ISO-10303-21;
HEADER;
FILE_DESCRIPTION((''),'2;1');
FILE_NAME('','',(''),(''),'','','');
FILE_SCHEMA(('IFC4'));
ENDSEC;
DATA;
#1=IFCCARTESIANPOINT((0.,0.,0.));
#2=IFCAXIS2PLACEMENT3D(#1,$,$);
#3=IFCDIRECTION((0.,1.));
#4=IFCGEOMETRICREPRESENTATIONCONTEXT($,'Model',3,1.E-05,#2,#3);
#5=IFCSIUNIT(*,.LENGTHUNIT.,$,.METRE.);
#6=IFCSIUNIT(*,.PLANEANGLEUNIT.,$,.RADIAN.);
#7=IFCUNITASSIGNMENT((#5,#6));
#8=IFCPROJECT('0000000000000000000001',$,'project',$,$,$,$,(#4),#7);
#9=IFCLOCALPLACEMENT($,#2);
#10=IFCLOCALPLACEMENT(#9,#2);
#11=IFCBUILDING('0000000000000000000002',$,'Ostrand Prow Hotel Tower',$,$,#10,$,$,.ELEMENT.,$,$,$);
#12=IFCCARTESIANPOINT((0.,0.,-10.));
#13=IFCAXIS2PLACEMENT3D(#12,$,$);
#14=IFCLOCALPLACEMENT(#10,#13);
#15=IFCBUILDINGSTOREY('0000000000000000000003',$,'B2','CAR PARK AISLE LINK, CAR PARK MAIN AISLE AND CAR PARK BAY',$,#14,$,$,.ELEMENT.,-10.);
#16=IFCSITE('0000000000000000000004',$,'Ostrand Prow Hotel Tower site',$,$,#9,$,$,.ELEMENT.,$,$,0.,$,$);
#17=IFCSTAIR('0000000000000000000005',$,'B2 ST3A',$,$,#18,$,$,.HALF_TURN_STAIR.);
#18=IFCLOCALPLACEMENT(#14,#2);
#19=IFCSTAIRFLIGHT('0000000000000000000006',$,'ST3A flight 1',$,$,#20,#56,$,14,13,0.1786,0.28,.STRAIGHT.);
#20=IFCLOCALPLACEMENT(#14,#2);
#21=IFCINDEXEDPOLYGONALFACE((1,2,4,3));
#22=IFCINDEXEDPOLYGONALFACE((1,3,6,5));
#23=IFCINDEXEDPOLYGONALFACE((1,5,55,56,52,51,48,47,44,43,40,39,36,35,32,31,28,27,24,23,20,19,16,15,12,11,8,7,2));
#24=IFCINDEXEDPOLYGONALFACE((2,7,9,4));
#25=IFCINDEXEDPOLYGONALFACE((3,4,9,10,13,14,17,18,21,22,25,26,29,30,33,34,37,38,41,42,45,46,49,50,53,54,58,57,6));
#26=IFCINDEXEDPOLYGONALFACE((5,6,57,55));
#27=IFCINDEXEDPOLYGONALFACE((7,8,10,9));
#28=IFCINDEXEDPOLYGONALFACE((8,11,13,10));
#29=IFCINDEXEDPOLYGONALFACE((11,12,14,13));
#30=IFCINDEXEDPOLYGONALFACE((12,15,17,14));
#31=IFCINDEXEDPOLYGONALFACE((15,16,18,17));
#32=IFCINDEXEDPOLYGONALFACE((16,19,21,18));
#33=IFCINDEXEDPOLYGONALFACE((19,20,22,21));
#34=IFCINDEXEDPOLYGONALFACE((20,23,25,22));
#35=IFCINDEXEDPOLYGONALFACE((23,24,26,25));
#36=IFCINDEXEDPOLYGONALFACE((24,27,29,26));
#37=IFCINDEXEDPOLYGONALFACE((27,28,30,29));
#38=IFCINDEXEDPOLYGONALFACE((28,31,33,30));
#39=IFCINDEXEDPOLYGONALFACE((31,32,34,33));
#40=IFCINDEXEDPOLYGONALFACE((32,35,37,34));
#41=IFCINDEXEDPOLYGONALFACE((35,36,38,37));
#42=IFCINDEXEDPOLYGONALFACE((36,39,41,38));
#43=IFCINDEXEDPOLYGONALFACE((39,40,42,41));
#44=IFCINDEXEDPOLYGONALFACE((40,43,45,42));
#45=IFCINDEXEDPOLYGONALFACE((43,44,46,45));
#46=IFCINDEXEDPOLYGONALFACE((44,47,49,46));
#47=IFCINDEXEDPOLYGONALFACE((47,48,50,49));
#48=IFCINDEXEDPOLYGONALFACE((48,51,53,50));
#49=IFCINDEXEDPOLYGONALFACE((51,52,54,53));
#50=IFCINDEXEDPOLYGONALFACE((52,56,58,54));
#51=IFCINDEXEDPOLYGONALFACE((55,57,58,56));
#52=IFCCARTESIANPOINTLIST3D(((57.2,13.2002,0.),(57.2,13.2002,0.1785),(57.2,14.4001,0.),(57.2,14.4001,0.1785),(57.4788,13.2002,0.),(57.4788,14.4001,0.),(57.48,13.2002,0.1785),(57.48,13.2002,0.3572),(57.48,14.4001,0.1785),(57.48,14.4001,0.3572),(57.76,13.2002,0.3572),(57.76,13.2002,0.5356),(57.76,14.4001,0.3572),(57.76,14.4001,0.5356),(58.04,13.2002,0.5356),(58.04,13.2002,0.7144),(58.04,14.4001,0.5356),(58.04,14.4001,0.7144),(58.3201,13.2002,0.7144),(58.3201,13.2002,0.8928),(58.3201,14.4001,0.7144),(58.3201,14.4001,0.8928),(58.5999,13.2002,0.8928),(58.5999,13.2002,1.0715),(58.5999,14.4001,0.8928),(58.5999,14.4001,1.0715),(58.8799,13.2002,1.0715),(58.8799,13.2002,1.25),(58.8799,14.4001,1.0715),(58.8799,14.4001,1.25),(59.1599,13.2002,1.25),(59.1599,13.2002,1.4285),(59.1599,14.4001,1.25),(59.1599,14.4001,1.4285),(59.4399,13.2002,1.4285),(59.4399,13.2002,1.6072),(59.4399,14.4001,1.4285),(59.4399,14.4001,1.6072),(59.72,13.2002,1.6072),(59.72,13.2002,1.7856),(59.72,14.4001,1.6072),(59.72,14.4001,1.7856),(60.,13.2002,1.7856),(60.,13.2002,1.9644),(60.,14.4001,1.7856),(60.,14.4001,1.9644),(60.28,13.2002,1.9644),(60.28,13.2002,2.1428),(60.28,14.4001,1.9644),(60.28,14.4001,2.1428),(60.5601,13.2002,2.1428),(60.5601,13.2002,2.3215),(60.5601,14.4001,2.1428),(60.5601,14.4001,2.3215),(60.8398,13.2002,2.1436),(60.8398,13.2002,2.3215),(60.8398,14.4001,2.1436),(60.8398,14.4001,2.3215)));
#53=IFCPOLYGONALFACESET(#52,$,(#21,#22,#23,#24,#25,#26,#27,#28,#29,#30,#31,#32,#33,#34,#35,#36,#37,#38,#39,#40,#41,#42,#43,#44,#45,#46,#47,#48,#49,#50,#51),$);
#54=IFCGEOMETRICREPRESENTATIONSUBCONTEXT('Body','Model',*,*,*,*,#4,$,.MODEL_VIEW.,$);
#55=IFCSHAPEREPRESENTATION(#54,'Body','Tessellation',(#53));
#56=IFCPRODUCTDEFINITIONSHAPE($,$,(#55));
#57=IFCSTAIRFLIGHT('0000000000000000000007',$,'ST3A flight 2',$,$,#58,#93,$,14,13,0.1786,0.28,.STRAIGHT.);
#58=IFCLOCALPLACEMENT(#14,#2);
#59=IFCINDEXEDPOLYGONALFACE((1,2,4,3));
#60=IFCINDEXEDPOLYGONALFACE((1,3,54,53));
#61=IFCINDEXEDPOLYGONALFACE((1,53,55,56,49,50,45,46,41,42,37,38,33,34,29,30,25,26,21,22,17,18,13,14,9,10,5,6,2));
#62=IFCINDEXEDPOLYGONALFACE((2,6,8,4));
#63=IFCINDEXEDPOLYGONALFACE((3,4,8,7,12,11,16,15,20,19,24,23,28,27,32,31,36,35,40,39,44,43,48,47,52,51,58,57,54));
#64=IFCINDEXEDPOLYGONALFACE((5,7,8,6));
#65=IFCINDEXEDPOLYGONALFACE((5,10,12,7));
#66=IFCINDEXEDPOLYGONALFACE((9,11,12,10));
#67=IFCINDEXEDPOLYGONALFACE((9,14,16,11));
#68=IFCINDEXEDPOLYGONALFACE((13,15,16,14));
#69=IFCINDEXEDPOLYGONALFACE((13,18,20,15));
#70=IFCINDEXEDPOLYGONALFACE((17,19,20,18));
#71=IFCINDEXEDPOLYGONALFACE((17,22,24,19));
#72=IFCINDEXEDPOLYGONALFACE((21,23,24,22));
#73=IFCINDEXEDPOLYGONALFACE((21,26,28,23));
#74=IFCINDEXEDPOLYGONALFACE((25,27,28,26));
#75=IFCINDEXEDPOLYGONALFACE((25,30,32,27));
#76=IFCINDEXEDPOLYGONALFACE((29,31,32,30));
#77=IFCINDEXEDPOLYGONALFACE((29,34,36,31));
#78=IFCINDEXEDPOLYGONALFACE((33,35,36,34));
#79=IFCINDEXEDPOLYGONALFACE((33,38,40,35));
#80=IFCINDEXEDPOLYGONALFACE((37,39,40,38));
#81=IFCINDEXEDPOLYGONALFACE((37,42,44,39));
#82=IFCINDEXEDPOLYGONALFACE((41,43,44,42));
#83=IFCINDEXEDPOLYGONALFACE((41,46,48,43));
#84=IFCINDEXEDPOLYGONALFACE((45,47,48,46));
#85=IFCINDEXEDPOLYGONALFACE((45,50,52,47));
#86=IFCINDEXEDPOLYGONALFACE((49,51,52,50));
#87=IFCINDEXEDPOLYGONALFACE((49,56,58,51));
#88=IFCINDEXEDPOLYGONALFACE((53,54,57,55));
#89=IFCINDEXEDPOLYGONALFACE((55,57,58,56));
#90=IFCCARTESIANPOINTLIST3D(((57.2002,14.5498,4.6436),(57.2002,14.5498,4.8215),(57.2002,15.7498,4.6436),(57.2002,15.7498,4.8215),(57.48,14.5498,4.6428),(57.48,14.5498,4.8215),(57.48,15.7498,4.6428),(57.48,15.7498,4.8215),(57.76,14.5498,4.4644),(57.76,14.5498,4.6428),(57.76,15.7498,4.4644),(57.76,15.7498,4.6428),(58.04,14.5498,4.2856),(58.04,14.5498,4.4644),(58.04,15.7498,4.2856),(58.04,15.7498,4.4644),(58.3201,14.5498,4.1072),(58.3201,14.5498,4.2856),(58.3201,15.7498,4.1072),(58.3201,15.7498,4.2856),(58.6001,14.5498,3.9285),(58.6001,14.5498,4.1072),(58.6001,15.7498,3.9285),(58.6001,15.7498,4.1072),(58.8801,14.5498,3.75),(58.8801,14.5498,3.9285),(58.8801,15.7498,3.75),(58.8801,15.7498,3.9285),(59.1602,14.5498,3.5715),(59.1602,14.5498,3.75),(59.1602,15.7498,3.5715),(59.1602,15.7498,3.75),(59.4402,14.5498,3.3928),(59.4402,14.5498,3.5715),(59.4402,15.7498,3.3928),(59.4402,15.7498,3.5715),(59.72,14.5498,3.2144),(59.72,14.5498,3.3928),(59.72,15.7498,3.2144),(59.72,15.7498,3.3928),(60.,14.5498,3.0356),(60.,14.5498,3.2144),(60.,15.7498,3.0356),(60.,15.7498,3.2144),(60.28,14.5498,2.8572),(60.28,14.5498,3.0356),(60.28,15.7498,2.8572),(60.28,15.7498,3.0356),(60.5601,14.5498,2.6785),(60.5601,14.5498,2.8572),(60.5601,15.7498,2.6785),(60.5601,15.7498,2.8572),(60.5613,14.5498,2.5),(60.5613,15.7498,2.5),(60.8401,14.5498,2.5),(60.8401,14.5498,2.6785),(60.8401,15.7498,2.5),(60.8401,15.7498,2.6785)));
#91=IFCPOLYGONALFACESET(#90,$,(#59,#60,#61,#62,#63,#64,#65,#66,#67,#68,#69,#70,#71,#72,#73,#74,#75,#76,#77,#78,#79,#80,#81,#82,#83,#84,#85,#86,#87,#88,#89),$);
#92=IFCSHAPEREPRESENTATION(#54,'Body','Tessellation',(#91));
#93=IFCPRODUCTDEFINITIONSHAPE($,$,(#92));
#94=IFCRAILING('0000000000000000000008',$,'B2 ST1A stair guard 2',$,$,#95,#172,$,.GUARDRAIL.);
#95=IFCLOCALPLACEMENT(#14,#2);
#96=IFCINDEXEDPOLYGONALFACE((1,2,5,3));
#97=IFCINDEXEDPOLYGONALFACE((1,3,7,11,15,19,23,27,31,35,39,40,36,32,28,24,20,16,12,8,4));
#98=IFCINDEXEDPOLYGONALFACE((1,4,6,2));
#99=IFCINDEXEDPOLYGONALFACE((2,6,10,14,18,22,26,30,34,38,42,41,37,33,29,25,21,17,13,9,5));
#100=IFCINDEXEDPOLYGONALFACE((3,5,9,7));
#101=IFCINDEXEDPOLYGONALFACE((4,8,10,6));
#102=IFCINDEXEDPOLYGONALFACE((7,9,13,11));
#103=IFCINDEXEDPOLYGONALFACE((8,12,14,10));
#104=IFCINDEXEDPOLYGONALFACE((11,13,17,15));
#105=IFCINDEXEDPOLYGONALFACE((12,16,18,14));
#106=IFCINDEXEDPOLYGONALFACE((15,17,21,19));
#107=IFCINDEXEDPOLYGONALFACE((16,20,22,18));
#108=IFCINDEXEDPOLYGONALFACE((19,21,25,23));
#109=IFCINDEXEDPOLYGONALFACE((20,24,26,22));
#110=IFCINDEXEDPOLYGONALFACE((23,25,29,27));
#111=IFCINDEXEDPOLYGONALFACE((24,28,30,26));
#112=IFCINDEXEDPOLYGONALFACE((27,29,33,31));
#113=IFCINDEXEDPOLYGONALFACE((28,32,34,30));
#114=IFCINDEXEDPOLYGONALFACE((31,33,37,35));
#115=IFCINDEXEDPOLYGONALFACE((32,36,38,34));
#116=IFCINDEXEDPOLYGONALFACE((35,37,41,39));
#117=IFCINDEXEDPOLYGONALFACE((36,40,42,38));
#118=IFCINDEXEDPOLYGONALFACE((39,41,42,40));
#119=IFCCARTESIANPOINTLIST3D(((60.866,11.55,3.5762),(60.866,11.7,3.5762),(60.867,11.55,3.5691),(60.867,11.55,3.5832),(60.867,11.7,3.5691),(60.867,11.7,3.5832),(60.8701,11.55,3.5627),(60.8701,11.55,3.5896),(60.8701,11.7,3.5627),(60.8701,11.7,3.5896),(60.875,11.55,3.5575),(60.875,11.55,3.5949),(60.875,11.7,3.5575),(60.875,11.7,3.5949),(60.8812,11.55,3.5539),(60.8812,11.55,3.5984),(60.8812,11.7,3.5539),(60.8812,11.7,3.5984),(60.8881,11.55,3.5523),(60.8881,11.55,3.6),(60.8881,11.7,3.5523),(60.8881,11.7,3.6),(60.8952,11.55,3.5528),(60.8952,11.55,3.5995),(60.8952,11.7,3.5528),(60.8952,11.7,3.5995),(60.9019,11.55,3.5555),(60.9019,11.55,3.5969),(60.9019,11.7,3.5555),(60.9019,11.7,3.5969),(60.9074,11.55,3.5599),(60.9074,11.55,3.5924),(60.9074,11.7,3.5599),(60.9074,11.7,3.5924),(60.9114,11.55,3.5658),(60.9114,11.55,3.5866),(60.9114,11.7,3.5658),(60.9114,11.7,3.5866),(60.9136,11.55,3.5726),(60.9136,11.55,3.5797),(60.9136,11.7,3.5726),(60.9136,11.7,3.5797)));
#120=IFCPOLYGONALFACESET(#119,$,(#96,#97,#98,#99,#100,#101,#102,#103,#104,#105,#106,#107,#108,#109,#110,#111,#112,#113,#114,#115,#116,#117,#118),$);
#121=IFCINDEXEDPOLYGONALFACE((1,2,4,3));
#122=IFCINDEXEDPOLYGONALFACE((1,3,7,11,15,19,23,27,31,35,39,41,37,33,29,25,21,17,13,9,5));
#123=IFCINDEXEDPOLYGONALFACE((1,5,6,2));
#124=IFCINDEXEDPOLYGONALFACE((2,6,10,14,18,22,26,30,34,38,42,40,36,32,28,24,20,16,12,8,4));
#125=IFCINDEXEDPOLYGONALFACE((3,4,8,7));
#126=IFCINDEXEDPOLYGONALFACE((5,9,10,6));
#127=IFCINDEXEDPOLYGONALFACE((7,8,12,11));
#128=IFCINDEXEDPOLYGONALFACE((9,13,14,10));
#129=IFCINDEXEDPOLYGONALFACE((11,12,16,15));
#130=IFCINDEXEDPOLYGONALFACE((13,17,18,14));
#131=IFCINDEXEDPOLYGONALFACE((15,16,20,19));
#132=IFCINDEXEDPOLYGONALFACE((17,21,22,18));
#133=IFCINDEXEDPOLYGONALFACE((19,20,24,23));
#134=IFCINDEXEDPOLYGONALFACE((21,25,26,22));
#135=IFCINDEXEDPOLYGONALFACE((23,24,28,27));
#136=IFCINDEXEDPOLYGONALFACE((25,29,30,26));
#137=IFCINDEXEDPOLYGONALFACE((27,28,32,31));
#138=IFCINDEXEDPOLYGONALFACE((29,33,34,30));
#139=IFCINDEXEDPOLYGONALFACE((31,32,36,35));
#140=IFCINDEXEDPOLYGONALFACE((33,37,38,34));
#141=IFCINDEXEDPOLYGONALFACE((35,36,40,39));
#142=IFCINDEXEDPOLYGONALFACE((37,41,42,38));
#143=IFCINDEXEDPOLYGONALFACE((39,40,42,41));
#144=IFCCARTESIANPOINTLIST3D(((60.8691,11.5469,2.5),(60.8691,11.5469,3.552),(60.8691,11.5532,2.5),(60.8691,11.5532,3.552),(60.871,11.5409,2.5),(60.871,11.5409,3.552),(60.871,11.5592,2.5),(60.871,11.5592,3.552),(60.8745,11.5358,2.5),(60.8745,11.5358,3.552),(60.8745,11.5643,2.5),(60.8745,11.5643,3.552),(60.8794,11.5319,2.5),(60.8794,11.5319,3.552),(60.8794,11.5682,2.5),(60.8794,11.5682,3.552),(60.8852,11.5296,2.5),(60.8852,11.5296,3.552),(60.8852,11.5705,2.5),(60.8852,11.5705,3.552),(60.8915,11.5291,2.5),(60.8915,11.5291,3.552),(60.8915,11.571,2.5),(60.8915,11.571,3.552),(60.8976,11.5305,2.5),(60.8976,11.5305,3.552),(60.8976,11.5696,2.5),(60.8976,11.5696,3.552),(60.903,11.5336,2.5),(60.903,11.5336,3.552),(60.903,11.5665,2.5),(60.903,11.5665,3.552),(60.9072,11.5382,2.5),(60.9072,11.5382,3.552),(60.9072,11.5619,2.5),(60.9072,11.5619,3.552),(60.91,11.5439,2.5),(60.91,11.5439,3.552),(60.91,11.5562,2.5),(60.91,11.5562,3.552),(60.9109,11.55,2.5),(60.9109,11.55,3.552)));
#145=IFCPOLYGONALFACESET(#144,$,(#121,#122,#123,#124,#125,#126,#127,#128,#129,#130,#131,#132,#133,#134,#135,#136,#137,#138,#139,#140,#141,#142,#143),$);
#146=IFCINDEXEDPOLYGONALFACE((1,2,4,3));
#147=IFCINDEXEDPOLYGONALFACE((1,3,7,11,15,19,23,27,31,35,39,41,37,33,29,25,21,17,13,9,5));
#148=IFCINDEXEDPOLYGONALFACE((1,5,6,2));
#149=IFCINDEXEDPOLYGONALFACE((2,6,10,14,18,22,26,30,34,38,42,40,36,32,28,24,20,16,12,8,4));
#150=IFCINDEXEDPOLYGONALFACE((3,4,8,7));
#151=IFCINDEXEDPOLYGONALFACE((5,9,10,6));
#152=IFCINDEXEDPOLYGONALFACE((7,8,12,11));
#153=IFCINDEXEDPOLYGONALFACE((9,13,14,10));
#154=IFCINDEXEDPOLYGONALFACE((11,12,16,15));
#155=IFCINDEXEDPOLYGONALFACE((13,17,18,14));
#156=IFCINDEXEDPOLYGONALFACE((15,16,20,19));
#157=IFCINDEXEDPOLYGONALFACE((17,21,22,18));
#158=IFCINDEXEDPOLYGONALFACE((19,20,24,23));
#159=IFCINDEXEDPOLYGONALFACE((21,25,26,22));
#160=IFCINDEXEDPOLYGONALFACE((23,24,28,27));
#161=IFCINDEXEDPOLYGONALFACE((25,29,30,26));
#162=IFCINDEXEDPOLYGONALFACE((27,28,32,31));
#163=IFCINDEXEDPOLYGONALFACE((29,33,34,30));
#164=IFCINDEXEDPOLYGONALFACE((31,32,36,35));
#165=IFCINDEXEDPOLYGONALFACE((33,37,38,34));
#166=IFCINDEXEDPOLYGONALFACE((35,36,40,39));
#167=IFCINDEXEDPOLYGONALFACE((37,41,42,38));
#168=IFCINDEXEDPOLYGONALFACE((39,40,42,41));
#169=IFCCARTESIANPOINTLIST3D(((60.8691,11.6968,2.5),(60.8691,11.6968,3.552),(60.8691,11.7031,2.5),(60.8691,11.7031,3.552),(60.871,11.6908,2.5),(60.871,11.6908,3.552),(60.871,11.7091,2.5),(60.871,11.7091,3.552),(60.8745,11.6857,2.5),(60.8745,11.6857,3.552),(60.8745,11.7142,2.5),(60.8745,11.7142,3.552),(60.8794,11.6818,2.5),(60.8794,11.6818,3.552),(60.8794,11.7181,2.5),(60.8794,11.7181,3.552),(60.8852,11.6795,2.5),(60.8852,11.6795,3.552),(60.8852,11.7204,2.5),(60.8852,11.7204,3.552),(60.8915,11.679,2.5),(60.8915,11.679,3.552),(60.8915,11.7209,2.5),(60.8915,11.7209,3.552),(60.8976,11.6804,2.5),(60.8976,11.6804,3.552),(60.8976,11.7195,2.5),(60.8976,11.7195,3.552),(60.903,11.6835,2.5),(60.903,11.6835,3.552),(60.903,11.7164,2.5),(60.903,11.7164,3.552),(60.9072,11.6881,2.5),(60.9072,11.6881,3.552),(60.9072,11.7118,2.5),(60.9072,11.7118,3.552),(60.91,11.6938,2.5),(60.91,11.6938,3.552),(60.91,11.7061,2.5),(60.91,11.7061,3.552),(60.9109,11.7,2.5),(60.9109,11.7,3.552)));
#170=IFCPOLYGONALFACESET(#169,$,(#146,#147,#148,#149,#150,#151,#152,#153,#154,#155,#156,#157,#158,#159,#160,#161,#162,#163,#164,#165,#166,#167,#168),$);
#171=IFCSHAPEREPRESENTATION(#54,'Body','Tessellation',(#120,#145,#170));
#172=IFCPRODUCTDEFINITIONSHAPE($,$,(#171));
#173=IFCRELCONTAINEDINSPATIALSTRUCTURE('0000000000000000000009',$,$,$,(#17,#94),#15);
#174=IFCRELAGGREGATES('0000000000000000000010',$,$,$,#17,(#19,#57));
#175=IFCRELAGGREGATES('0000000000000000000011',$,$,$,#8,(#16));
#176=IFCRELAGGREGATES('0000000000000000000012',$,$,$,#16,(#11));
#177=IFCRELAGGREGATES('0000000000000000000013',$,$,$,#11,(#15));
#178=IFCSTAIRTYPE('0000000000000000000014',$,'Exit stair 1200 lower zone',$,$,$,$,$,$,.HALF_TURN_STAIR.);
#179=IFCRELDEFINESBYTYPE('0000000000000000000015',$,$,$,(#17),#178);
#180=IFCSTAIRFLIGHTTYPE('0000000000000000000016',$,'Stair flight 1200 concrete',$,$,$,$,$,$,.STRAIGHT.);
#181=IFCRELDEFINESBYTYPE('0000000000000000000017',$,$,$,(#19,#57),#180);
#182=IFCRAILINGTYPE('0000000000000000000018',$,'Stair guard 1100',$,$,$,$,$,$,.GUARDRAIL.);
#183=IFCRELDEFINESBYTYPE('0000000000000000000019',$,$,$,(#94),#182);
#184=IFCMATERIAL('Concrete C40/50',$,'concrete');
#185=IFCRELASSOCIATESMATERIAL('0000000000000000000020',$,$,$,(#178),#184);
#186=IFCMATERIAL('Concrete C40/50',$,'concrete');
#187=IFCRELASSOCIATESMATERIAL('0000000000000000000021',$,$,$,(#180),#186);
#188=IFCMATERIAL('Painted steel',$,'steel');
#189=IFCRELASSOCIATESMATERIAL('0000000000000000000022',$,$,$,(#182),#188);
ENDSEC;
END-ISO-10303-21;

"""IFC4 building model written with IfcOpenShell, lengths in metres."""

from ifc_helpers import new_model, si_unit, direction, frame, origin, origin_2d, place, context, subcontext, project, spatial, polyline, circle, outline, extrude, material, type_object, element, aggregate, save


model = new_model("IFC4")

# Units and contexts
model_context = context("Model", 3, precision=1e-05, world=origin(), true_north=direction((0.0, 1.0)))
body_context = subcontext(model_context, "Body", "Model", "MODEL_VIEW")
ifc_project = project(units=[si_unit("LENGTHUNIT", "METRE"), si_unit("PLANEANGLEUNIT", "RADIAN")], contexts=[model_context])

# Site, building, storey
site_placement = place(None, origin())
site = spatial("IfcSite", under=ifc_project, at=site_placement, Name="Ostrand Prow Hotel Tower site", CompositionType="ELEMENT", RefElevation=0.0)
building_placement = place(site_placement, origin())
building = spatial("IfcBuilding", under=site, at=building_placement, Name="Ostrand Prow Hotel Tower", CompositionType="ELEMENT")
storey_placement = place(building_placement, frame((0.0, 0.0, -10.0)))
storey = spatial("IfcBuildingStorey", under=building, at=storey_placement, Name="B2", Description="CAR PARK AISLE LINK, CAR PARK MAIN AISLE AND CAR PARK BAY", CompositionType="ELEMENT", Elevation=-10.0)

# Shared definitions
ifc_material_1 = material(Name="Concrete C40/50", Category="concrete")
stair_type = type_object("IfcStairType", Name="Exit stair 1200 lower zone", PredefinedType="HALF_TURN_STAIR", material=ifc_material_1)
ifc_material_2 = material(Name="Concrete C40/50", Category="concrete")
stair_flight_type = type_object("IfcStairFlightType", Name="Stair flight 1200 concrete", PredefinedType="STRAIGHT", material=ifc_material_2)

# Stair, stair flights
stair_1_placement = place(storey_placement, origin())
stair_1 = element("IfcStair", 1, at=stair_1_placement, inside=storey, type_object=stair_type, Name="B2 ST3A", PredefinedType="HALF_TURN_STAIR")
stair_flight_1_placement = place(storey_placement, frame((57.2, 13.8, 0.0), z_axis=(0.0, 0.0, 1.0), x_axis=(1.0, 0.0, 0.0)))
stair_flight_1 = element("IfcStairFlight", 2, at=stair_flight_1_placement, type_object=stair_flight_type, Name="ST3A flight 1", NumberOfRisers=14, NumberOfTreads=13, PredefinedType="STRAIGHT", RiserHeight=0.1786, TreadLength=0.28, context=body_context, shape_type="SweptSolid", body=[
    extrude(outline(polyline([(0.0, 0.0), (0.0, 0.1785), (0.28, 0.1785), (0.28, 0.3572), (0.5601, 0.3572), (0.5601, 0.5356), (0.8401, 0.5356), (0.8401, 0.7144), (1.1201, 0.7144), (1.1201, 0.8928), (1.3999, 0.8928), (1.3999, 1.0715), (1.6799, 1.0715), (1.6799, 1.25), (1.96, 1.25), (1.96, 1.4285), (2.24, 1.4285), (2.24, 1.6072), (2.52, 1.6072), (2.52, 1.7856), (2.8, 1.7856), (2.8, 1.9644), (3.0801, 1.9644), (3.0801, 2.1428), (3.3601, 2.1428), (3.3601, 2.3215), (3.6399, 2.3215), (3.6399, 2.5), (3.6399, 2.1436), (0.2788, 0.0), (0.0, 0.0)])), frame((0.0, 0.6001, 0.0), z_axis=(0.0, -1.0, 0.0), x_axis=(1.0, 0.0, 0.0)), (0.0, 0.0, 1.0), 1.2),
])
stair_flight_2_placement = place(storey_placement, frame((60.8401, 15.1499, 2.5), z_axis=(0.0, 0.0, 1.0), x_axis=(-1.0, 0.0, 0.0)))
stair_flight_2 = element("IfcStairFlight", 3, at=stair_flight_2_placement, type_object=stair_flight_type, Name="ST3A flight 2", NumberOfRisers=14, NumberOfTreads=13, PredefinedType="STRAIGHT", RiserHeight=0.1786, TreadLength=0.28, context=body_context, shape_type="SweptSolid", body=[
    extrude(outline(polyline([(0.0, 0.0), (0.0, 0.1785), (0.28, 0.1785), (0.28, 0.3572), (0.5601, 0.3572), (0.5601, 0.5356), (0.8401, 0.5356), (0.8401, 0.7144), (1.1201, 0.7144), (1.1201, 0.8928), (1.3999, 0.8928), (1.3999, 1.0715), (1.6799, 1.0715), (1.6799, 1.25), (1.96, 1.25), (1.96, 1.4285), (2.24, 1.4285), (2.24, 1.6072), (2.52, 1.6072), (2.52, 1.7856), (2.8, 1.7856), (2.8, 1.9644), (3.0801, 1.9644), (3.0801, 2.1428), (3.3601, 2.1428), (3.3601, 2.3215), (3.6399, 2.3215), (3.6399, 2.5), (3.6399, 2.1436), (0.2788, 0.0), (0.0, 0.0)])), frame((0.0, 0.6001, 0.0), z_axis=(0.0, -1.0, 0.0), x_axis=(1.0, 0.0, 0.0)), (0.0, 0.0, 1.0), 1.2),
])
aggregate(stair_1, [stair_flight_1, stair_flight_2])

# Railing
ifc_material_3 = material(Name="Painted steel", Category="steel")
railing_type_1 = type_object("IfcRailingType", Name="Stair guard 1100", PredefinedType="GUARDRAIL", material=ifc_material_3)
railing_1_placement = place(storey_placement, frame((60.8899, 11.55, 2.5)))
element("IfcRailing", 4, at=railing_1_placement, inside=storey, type_object=railing_type_1, Name="B2 ST1A stair guard 2", PredefinedType="GUARDRAIL", context=body_context, shape_type="SweptSolid", body=[
    extrude(circle(Radius=0.0239, at=origin_2d()), frame((0.0, 0.0, 1.0762), z_axis=(0.0, 1.0, 0.0), x_axis=(-1.0, 0.0, 0.0)), (0.0, 0.0, 1.0), 0.1499),
    extrude(circle(Radius=0.021, at=origin_2d()), origin(), (0.0, 0.0, 1.0), 1.052),
    extrude(circle(Radius=0.021, at=origin_2d()), frame((0.0, 0.1499, 0.0)), (0.0, 0.0, 1.0), 1.052),
])

save(model, "model.ifc")
